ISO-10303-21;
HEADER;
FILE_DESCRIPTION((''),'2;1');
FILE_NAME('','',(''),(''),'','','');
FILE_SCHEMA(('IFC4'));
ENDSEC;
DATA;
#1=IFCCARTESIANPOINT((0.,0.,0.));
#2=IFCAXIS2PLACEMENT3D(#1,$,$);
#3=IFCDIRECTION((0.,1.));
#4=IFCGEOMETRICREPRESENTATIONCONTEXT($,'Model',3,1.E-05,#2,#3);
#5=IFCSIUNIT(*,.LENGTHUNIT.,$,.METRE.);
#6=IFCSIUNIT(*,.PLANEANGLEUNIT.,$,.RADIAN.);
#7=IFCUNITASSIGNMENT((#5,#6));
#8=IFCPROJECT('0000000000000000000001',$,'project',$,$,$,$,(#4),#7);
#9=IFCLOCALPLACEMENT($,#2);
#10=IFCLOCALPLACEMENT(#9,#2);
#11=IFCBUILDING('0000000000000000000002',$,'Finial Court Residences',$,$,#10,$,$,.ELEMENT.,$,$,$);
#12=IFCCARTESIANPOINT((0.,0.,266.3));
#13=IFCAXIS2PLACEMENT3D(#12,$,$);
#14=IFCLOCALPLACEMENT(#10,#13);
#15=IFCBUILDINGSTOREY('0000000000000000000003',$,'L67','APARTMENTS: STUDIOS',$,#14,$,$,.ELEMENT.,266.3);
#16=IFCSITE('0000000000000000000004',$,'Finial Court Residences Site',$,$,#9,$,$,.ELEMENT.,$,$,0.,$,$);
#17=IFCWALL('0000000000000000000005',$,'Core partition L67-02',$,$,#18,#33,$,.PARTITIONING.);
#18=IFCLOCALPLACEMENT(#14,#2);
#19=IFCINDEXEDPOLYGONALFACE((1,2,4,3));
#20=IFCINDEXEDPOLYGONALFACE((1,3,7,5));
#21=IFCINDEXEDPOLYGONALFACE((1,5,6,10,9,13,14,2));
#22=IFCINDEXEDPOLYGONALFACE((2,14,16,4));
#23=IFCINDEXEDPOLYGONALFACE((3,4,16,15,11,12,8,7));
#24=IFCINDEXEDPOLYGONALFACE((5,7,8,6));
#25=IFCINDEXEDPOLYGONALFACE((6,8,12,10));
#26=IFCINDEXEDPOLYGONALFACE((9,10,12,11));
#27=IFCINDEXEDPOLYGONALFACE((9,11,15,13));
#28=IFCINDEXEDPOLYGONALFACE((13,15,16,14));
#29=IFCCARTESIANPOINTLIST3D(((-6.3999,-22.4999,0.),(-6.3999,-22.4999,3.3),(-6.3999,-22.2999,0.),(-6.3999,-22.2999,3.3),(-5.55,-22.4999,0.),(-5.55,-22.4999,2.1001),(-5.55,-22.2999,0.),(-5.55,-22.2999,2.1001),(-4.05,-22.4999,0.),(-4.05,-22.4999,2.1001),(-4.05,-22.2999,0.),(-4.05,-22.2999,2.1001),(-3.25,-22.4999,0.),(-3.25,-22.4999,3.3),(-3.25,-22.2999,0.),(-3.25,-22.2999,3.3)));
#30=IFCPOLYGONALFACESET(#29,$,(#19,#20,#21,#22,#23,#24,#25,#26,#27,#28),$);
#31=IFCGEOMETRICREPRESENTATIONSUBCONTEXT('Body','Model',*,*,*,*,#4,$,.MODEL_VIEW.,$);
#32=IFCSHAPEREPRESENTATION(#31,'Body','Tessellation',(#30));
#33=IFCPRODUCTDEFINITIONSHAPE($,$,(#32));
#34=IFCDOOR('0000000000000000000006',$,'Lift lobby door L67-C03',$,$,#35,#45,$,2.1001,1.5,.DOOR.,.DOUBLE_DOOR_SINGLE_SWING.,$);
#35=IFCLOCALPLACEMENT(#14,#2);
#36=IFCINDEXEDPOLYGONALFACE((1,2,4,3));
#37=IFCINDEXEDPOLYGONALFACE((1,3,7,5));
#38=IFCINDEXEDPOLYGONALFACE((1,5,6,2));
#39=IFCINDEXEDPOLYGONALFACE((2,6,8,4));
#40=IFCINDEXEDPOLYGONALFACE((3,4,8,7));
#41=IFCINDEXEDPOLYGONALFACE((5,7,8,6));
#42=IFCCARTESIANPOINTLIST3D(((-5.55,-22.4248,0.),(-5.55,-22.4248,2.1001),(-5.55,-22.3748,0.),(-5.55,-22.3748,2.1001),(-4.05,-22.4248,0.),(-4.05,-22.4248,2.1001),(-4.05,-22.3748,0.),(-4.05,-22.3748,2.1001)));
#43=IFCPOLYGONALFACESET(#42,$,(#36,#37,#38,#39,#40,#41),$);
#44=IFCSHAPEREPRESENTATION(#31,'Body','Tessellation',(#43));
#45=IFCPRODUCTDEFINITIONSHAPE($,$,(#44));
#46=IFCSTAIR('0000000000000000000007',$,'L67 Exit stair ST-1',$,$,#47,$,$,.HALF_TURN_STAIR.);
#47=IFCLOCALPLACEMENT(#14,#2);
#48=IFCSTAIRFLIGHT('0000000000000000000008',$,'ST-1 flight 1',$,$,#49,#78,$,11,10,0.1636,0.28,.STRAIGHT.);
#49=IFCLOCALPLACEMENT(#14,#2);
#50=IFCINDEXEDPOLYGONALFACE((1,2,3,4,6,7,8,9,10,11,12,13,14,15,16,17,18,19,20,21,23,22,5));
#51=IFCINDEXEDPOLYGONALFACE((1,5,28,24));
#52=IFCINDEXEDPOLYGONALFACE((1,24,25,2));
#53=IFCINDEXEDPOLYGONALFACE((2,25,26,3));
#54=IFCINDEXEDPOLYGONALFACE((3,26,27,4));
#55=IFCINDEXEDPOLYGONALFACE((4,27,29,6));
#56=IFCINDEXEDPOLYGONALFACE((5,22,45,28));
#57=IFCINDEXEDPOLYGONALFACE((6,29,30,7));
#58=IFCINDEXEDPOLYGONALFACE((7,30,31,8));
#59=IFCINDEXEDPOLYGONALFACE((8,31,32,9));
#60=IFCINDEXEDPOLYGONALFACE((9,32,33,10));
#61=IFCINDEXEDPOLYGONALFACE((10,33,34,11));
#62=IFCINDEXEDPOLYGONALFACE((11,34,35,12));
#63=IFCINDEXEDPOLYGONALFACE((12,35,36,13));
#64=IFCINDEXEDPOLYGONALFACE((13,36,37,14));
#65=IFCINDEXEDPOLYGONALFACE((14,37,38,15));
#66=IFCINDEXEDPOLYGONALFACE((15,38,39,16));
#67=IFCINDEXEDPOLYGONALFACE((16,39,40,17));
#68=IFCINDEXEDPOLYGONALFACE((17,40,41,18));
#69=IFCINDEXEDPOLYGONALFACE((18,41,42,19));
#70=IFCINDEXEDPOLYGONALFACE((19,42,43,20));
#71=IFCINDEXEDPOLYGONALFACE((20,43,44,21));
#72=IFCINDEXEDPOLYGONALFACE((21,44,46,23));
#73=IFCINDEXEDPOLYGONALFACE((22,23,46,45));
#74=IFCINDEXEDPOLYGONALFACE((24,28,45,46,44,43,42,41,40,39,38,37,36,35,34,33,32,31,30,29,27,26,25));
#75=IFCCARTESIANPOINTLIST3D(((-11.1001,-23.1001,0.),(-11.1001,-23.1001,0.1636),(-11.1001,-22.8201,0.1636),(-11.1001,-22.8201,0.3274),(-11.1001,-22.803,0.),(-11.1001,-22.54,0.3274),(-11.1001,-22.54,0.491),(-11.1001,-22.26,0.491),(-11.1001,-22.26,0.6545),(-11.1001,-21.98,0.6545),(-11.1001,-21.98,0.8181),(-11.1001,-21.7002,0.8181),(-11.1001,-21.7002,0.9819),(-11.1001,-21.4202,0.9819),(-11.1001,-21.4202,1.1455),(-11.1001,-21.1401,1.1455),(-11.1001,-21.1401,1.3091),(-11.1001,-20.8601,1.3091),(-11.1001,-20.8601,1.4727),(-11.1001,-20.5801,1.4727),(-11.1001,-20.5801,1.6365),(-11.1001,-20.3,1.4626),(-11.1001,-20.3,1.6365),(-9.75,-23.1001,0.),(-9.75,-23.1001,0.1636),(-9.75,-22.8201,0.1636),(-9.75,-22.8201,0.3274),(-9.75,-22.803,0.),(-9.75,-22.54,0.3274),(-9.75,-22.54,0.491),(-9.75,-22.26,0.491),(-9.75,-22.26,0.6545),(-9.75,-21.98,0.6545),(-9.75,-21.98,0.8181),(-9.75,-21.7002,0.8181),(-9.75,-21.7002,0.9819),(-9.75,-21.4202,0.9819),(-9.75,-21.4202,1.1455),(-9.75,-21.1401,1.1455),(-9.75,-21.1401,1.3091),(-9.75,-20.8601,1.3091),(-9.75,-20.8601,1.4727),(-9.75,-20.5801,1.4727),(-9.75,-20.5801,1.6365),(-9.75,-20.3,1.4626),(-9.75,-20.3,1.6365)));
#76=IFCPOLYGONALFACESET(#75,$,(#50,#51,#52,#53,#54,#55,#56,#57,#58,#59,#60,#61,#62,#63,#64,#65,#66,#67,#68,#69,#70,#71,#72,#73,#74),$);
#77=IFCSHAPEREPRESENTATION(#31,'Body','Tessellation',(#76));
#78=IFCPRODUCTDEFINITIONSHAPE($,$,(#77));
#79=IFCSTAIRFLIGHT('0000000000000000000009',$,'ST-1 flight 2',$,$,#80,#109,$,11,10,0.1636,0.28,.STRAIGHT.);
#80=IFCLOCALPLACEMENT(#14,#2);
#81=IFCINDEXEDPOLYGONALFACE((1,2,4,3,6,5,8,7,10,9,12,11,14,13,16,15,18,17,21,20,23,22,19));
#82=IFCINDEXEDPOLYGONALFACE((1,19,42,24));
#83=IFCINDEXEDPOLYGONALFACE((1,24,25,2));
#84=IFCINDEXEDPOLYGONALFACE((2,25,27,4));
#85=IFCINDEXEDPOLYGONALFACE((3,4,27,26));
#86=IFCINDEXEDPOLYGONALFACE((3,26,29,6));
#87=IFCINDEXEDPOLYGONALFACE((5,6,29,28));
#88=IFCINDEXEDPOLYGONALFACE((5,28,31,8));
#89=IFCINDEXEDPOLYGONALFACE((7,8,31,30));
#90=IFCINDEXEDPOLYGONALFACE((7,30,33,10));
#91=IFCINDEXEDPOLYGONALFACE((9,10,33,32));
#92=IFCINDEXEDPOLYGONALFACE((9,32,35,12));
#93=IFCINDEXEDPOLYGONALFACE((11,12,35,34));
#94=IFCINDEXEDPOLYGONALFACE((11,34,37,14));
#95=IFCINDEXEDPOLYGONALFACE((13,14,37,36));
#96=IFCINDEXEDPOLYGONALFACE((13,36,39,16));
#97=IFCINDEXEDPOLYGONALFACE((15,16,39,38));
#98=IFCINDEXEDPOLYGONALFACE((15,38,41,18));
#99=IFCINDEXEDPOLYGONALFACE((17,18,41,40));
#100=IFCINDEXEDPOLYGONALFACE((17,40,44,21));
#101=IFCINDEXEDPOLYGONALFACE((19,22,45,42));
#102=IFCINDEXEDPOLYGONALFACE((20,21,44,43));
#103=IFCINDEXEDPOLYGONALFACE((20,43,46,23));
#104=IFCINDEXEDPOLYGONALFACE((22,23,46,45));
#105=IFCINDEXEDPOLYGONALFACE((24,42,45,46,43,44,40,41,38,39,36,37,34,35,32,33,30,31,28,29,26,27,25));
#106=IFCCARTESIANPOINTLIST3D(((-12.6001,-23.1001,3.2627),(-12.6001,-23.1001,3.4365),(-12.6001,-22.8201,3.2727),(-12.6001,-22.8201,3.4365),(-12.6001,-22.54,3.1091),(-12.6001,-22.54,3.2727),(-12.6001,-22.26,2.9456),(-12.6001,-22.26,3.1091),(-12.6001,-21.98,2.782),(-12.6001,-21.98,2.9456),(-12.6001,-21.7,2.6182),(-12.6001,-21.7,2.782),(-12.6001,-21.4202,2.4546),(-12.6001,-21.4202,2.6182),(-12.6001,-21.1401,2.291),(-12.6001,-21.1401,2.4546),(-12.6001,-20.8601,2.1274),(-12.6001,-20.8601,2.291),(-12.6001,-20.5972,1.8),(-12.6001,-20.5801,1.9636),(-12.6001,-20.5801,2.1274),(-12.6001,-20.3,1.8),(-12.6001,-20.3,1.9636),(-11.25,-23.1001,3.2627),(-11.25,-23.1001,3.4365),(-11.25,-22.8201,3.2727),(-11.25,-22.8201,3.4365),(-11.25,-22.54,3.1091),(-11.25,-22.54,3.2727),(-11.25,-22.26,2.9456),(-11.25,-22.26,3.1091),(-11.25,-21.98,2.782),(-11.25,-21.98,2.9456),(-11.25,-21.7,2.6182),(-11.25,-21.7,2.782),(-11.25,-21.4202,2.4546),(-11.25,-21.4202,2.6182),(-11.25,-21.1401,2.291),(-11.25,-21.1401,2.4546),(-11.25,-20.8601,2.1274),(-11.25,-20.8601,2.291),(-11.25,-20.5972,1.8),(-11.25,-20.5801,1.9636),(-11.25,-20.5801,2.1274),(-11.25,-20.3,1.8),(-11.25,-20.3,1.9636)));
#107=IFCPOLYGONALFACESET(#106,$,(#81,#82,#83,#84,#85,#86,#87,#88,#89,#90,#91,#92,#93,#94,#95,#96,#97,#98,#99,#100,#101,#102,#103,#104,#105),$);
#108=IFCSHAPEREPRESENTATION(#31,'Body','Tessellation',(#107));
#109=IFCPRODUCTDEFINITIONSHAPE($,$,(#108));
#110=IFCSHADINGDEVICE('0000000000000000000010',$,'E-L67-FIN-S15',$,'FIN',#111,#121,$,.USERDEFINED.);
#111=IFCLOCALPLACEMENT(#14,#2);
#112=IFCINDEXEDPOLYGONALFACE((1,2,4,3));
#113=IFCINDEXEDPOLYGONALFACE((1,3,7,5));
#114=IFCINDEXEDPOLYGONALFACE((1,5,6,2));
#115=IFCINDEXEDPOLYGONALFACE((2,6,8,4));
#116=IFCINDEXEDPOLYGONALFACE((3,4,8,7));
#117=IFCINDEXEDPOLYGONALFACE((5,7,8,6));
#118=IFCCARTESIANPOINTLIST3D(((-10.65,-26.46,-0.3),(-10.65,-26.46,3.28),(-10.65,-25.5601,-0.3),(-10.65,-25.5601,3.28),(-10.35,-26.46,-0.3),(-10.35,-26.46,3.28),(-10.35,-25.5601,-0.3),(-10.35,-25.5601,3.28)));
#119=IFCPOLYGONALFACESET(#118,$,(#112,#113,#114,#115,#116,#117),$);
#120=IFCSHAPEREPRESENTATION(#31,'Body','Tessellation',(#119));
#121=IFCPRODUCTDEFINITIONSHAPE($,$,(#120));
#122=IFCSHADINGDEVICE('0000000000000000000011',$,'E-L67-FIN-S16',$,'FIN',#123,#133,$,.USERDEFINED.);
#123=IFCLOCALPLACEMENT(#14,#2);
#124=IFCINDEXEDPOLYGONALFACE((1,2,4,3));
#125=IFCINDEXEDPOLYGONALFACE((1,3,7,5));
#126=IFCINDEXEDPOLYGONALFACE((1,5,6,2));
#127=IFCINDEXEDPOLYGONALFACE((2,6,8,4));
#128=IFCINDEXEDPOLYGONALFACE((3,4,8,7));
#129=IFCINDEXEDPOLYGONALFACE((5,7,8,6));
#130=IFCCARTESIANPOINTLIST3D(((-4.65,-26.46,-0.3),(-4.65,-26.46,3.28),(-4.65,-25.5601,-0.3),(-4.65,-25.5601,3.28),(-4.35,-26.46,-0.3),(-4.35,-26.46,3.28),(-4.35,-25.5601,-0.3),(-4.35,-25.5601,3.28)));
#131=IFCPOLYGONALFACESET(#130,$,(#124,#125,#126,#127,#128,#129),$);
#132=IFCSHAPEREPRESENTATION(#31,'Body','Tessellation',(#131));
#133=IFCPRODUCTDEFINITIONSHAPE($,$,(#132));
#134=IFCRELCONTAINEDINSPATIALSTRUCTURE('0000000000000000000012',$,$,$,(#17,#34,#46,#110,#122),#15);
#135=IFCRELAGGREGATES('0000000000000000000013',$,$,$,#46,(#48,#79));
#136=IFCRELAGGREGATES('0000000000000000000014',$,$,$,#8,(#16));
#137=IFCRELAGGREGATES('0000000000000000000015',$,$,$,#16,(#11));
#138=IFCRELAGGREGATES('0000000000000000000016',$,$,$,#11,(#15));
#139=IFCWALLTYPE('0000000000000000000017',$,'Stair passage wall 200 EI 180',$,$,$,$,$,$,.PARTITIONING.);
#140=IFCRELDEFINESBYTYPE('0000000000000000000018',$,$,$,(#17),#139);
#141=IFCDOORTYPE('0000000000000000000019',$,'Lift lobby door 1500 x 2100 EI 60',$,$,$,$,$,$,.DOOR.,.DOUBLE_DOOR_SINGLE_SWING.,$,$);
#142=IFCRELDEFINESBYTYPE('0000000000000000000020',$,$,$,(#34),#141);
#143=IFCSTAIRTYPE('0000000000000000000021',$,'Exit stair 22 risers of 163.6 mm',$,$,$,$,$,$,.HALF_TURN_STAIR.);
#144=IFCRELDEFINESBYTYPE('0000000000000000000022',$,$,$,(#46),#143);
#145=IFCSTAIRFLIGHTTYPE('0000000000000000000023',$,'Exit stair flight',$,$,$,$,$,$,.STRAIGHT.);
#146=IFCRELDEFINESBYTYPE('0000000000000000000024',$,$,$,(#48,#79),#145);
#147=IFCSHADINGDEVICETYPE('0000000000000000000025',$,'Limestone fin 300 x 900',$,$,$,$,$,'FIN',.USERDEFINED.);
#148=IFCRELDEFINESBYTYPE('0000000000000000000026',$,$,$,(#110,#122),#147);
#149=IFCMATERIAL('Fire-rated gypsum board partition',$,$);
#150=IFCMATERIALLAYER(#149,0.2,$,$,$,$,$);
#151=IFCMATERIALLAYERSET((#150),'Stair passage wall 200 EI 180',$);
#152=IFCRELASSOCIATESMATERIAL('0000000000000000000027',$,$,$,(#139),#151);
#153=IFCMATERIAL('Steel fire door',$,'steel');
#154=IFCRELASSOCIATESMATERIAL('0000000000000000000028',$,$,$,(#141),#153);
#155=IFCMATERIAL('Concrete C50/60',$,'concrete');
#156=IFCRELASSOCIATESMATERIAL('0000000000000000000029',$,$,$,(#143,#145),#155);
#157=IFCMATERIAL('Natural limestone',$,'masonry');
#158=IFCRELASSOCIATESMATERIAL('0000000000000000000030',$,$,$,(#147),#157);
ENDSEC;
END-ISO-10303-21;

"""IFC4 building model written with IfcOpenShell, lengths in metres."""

from ifc_helpers import new_model, si_unit, direction, frame, frame_2d, origin, origin_2d, place, context, subcontext, project, spatial, polyline, rectangle, outline, extrude, material, layer, layer_set, type_object, element, fill, aggregate, save


model = new_model("IFC4")

# Units and contexts
model_context = context("Model", 3, precision=1e-05, world=origin(), true_north=direction((0.0, 1.0)))
body_context = subcontext(model_context, "Body", "Model", "MODEL_VIEW")
ifc_project = project(units=[si_unit("LENGTHUNIT", "METRE"), si_unit("PLANEANGLEUNIT", "RADIAN")], contexts=[model_context])

# Site, building, storey
site_placement = place(None, origin())
site = spatial("IfcSite", under=ifc_project, at=site_placement, Name="Finial Court Residences Site", CompositionType="ELEMENT", RefElevation=0.0)
building_placement = place(site_placement, origin())
building = spatial("IfcBuilding", under=site, at=building_placement, Name="Finial Court Residences", CompositionType="ELEMENT")
storey_placement = place(building_placement, frame((0.0, 0.0, 266.3)))
storey = spatial("IfcBuildingStorey", under=building, at=storey_placement, Name="L67", Description="APARTMENTS: STUDIOS", CompositionType="ELEMENT", Elevation=266.3)

# Shared definitions
ifc_material_1 = material(Name="Concrete C50/60", Category="concrete")

# Shared definitions
ifc_material_2 = material(Name="Steel fire door", Category="steel")

# Shared definitions
ifc_material_3 = material(Name="Fire-rated gypsum board partition")

# Wall, opening, door
ifc_layer_1 = layer(ifc_material_3, 0.2)
ifc_layer_set_1 = layer_set([ifc_layer_1], Name="Stair passage wall 200 EI 180")
wall_type_1 = type_object("IfcWallType", Name="Stair passage wall 200 EI 180", PredefinedType="PARTITIONING", material=ifc_layer_set_1)
wall_1_placement = place(storey_placement, frame((-3.25, -22.3999, 0.0), z_axis=(0.0, 0.0, 1.0), x_axis=(-1.0, 0.0, 0.0)))
wall_1 = element("IfcWall", 1, at=wall_1_placement, inside=storey, type_object=wall_type_1, Name="Core partition L67-02", PredefinedType="PARTITIONING", context=body_context, shape_type="SweptSolid", body=[
    extrude(rectangle(XDim=3.1499, YDim=0.2, at=frame_2d((1.575, 0.0))), origin(), (0.0, 0.0, 1.0), 3.3),
])
opening_1_placement = place(wall_1_placement, frame((0.8, 0.0, 0.0)))
opening_1 = element("IfcOpeningElement", 2, at=opening_1_placement, cuts=wall_1, PredefinedType="OPENING", context=body_context, shape_type="SweptSolid", body=[
    extrude(rectangle(XDim=1.5, YDim=2.1001, at=frame_2d((0.75, 1.05))), frame((0.0, 0.1099, 0.0), z_axis=(0.0, -1.0, 0.0), x_axis=(1.0, 0.0, 0.0)), (0.0, 0.0, 1.0), 0.22),
])
door_type_1 = type_object("IfcDoorType", Name="Lift lobby door 1500 x 2100 EI 60", OperationType="DOUBLE_DOOR_SINGLE_SWING", PredefinedType="DOOR", material=ifc_material_2)
door_1_placement = place(opening_1_placement, origin())
door_1 = element("IfcDoor", 3, at=door_1_placement, inside=storey, type_object=door_type_1, Name="Lift lobby door L67-C03", OperationType="DOUBLE_DOOR_SINGLE_SWING", OverallHeight=2.1001, OverallWidth=1.5, PredefinedType="DOOR", context=body_context, shape_type="SweptSolid", body=[
    extrude(rectangle(XDim=1.5, YDim=2.1001, at=frame_2d((0.75, 1.05))), frame((0.0, 0.0249, 0.0), z_axis=(0.0, -1.0, 0.0), x_axis=(1.0, 0.0, 0.0)), (0.0, 0.0, 1.0), 0.05),
])
fill(opening_1, door_1)

# Stair, stair flights
stair_type = type_object("IfcStairType", Name="Exit stair 22 risers of 163.6 mm", PredefinedType="HALF_TURN_STAIR", material=ifc_material_1)
stair_placement = place(storey_placement, origin())
stair = element("IfcStair", 4, at=stair_placement, inside=storey, type_object=stair_type, Name="L67 Exit stair ST-1", PredefinedType="HALF_TURN_STAIR")
stair_flight_type = type_object("IfcStairFlightType", Name="Exit stair flight", PredefinedType="STRAIGHT", material=ifc_material_1)
stair_flight_1_placement = place(storey_placement, frame((-10.425, -23.1001, 0.0), z_axis=(0.0, 0.0, 1.0), x_axis=(0.0, 1.0, 0.0)))
stair_flight_1 = element("IfcStairFlight", 5, at=stair_flight_1_placement, type_object=stair_flight_type, Name="ST-1 flight 1", NumberOfRisers=11, NumberOfTreads=10, PredefinedType="STRAIGHT", RiserHeight=0.1636, TreadLength=0.28, context=body_context, shape_type="SweptSolid", body=[
    extrude(outline(polyline([(0.0, 0.0), (0.0, 0.1636), (0.28, 0.1636), (0.28, 0.3274), (0.5601, 0.3274), (0.5601, 0.491), (0.8401, 0.491), (0.8401, 0.6545), (1.1201, 0.6545), (1.1201, 0.8181), (1.3999, 0.8181), (1.3999, 0.9819), (1.6799, 0.9819), (1.6799, 1.1455), (1.96, 1.1455), (1.96, 1.3091), (2.24, 1.3091), (2.24, 1.4727), (2.52, 1.4727), (2.52, 1.6365), (2.8, 1.6365), (2.8, 1.8), (2.8, 1.4626), (0.2971, 0.0), (0.0, 0.0)])), frame((0.0, 0.675, 0.0), z_axis=(0.0, -1.0, 0.0), x_axis=(1.0, 0.0, 0.0)), (0.0, 0.0, 1.0), 1.3501),
])
stair_flight_2_placement = place(storey_placement, frame((-11.925, -20.3, 1.8), z_axis=(0.0, 0.0, 1.0), x_axis=(0.0, -1.0, 0.0)))
stair_flight_2 = element("IfcStairFlight", 6, at=stair_flight_2_placement, type_object=stair_flight_type, Name="ST-1 flight 2", NumberOfRisers=11, NumberOfTreads=10, PredefinedType="STRAIGHT", RiserHeight=0.1636, TreadLength=0.28, context=body_context, shape_type="SweptSolid", body=[
    extrude(outline(polyline([(0.0, 0.0), (0.0, 0.1636), (0.28, 0.1636), (0.28, 0.3274), (0.5601, 0.3274), (0.5601, 0.491), (0.8401, 0.491), (0.8401, 0.6545), (1.1201, 0.6545), (1.1201, 0.8181), (1.3999, 0.8181), (1.3999, 0.9819), (1.6799, 0.9819), (1.6799, 1.1455), (1.96, 1.1455), (1.96, 1.3091), (2.24, 1.3091), (2.24, 1.4727), (2.52, 1.4727), (2.52, 1.6365), (2.8, 1.6365), (2.8, 1.8), (2.8, 1.4626), (0.2971, 0.0), (0.0, 0.0)])), frame((0.0, 0.675, 0.0), z_axis=(0.0, -1.0, 0.0), x_axis=(1.0, 0.0, 0.0)), (0.0, 0.0, 1.0), 1.3501),
])
aggregate(stair, [stair_flight_1, stair_flight_2])

# Shading devices
ifc_material_4 = material(Name="Natural limestone", Category="masonry")
shading_device_type = type_object("IfcShadingDeviceType", Name="Limestone fin 300 x 900", ElementType="FIN", PredefinedType="USERDEFINED", material=ifc_material_4)
for number, where, z_axis, x_axis, name in (
    (7, (-10.5, -26.01, -0.3), (0.0, 0.0, 1.0), (1.0, 0.0, 0.0), "E-L67-FIN-S15"),
    (8, (-4.5, -26.01, -0.3), (0.0, 0.0, 1.0), (1.0, 0.0, 0.0), "E-L67-FIN-S16"),
):
    element("IfcShadingDevice", number, at=place(storey_placement, frame(where, z_axis=z_axis, x_axis=x_axis)), inside=storey, type_object=shading_device_type, Name=name, ObjectType="FIN", PredefinedType="USERDEFINED", context=body_context, shape_type="SweptSolid", body=[
        extrude(rectangle(XDim=0.3, YDim=0.8999, at=origin_2d()), origin(), (0.0, 0.0, 1.0), 3.5801),
    ])

save(model, "model.ifc")
